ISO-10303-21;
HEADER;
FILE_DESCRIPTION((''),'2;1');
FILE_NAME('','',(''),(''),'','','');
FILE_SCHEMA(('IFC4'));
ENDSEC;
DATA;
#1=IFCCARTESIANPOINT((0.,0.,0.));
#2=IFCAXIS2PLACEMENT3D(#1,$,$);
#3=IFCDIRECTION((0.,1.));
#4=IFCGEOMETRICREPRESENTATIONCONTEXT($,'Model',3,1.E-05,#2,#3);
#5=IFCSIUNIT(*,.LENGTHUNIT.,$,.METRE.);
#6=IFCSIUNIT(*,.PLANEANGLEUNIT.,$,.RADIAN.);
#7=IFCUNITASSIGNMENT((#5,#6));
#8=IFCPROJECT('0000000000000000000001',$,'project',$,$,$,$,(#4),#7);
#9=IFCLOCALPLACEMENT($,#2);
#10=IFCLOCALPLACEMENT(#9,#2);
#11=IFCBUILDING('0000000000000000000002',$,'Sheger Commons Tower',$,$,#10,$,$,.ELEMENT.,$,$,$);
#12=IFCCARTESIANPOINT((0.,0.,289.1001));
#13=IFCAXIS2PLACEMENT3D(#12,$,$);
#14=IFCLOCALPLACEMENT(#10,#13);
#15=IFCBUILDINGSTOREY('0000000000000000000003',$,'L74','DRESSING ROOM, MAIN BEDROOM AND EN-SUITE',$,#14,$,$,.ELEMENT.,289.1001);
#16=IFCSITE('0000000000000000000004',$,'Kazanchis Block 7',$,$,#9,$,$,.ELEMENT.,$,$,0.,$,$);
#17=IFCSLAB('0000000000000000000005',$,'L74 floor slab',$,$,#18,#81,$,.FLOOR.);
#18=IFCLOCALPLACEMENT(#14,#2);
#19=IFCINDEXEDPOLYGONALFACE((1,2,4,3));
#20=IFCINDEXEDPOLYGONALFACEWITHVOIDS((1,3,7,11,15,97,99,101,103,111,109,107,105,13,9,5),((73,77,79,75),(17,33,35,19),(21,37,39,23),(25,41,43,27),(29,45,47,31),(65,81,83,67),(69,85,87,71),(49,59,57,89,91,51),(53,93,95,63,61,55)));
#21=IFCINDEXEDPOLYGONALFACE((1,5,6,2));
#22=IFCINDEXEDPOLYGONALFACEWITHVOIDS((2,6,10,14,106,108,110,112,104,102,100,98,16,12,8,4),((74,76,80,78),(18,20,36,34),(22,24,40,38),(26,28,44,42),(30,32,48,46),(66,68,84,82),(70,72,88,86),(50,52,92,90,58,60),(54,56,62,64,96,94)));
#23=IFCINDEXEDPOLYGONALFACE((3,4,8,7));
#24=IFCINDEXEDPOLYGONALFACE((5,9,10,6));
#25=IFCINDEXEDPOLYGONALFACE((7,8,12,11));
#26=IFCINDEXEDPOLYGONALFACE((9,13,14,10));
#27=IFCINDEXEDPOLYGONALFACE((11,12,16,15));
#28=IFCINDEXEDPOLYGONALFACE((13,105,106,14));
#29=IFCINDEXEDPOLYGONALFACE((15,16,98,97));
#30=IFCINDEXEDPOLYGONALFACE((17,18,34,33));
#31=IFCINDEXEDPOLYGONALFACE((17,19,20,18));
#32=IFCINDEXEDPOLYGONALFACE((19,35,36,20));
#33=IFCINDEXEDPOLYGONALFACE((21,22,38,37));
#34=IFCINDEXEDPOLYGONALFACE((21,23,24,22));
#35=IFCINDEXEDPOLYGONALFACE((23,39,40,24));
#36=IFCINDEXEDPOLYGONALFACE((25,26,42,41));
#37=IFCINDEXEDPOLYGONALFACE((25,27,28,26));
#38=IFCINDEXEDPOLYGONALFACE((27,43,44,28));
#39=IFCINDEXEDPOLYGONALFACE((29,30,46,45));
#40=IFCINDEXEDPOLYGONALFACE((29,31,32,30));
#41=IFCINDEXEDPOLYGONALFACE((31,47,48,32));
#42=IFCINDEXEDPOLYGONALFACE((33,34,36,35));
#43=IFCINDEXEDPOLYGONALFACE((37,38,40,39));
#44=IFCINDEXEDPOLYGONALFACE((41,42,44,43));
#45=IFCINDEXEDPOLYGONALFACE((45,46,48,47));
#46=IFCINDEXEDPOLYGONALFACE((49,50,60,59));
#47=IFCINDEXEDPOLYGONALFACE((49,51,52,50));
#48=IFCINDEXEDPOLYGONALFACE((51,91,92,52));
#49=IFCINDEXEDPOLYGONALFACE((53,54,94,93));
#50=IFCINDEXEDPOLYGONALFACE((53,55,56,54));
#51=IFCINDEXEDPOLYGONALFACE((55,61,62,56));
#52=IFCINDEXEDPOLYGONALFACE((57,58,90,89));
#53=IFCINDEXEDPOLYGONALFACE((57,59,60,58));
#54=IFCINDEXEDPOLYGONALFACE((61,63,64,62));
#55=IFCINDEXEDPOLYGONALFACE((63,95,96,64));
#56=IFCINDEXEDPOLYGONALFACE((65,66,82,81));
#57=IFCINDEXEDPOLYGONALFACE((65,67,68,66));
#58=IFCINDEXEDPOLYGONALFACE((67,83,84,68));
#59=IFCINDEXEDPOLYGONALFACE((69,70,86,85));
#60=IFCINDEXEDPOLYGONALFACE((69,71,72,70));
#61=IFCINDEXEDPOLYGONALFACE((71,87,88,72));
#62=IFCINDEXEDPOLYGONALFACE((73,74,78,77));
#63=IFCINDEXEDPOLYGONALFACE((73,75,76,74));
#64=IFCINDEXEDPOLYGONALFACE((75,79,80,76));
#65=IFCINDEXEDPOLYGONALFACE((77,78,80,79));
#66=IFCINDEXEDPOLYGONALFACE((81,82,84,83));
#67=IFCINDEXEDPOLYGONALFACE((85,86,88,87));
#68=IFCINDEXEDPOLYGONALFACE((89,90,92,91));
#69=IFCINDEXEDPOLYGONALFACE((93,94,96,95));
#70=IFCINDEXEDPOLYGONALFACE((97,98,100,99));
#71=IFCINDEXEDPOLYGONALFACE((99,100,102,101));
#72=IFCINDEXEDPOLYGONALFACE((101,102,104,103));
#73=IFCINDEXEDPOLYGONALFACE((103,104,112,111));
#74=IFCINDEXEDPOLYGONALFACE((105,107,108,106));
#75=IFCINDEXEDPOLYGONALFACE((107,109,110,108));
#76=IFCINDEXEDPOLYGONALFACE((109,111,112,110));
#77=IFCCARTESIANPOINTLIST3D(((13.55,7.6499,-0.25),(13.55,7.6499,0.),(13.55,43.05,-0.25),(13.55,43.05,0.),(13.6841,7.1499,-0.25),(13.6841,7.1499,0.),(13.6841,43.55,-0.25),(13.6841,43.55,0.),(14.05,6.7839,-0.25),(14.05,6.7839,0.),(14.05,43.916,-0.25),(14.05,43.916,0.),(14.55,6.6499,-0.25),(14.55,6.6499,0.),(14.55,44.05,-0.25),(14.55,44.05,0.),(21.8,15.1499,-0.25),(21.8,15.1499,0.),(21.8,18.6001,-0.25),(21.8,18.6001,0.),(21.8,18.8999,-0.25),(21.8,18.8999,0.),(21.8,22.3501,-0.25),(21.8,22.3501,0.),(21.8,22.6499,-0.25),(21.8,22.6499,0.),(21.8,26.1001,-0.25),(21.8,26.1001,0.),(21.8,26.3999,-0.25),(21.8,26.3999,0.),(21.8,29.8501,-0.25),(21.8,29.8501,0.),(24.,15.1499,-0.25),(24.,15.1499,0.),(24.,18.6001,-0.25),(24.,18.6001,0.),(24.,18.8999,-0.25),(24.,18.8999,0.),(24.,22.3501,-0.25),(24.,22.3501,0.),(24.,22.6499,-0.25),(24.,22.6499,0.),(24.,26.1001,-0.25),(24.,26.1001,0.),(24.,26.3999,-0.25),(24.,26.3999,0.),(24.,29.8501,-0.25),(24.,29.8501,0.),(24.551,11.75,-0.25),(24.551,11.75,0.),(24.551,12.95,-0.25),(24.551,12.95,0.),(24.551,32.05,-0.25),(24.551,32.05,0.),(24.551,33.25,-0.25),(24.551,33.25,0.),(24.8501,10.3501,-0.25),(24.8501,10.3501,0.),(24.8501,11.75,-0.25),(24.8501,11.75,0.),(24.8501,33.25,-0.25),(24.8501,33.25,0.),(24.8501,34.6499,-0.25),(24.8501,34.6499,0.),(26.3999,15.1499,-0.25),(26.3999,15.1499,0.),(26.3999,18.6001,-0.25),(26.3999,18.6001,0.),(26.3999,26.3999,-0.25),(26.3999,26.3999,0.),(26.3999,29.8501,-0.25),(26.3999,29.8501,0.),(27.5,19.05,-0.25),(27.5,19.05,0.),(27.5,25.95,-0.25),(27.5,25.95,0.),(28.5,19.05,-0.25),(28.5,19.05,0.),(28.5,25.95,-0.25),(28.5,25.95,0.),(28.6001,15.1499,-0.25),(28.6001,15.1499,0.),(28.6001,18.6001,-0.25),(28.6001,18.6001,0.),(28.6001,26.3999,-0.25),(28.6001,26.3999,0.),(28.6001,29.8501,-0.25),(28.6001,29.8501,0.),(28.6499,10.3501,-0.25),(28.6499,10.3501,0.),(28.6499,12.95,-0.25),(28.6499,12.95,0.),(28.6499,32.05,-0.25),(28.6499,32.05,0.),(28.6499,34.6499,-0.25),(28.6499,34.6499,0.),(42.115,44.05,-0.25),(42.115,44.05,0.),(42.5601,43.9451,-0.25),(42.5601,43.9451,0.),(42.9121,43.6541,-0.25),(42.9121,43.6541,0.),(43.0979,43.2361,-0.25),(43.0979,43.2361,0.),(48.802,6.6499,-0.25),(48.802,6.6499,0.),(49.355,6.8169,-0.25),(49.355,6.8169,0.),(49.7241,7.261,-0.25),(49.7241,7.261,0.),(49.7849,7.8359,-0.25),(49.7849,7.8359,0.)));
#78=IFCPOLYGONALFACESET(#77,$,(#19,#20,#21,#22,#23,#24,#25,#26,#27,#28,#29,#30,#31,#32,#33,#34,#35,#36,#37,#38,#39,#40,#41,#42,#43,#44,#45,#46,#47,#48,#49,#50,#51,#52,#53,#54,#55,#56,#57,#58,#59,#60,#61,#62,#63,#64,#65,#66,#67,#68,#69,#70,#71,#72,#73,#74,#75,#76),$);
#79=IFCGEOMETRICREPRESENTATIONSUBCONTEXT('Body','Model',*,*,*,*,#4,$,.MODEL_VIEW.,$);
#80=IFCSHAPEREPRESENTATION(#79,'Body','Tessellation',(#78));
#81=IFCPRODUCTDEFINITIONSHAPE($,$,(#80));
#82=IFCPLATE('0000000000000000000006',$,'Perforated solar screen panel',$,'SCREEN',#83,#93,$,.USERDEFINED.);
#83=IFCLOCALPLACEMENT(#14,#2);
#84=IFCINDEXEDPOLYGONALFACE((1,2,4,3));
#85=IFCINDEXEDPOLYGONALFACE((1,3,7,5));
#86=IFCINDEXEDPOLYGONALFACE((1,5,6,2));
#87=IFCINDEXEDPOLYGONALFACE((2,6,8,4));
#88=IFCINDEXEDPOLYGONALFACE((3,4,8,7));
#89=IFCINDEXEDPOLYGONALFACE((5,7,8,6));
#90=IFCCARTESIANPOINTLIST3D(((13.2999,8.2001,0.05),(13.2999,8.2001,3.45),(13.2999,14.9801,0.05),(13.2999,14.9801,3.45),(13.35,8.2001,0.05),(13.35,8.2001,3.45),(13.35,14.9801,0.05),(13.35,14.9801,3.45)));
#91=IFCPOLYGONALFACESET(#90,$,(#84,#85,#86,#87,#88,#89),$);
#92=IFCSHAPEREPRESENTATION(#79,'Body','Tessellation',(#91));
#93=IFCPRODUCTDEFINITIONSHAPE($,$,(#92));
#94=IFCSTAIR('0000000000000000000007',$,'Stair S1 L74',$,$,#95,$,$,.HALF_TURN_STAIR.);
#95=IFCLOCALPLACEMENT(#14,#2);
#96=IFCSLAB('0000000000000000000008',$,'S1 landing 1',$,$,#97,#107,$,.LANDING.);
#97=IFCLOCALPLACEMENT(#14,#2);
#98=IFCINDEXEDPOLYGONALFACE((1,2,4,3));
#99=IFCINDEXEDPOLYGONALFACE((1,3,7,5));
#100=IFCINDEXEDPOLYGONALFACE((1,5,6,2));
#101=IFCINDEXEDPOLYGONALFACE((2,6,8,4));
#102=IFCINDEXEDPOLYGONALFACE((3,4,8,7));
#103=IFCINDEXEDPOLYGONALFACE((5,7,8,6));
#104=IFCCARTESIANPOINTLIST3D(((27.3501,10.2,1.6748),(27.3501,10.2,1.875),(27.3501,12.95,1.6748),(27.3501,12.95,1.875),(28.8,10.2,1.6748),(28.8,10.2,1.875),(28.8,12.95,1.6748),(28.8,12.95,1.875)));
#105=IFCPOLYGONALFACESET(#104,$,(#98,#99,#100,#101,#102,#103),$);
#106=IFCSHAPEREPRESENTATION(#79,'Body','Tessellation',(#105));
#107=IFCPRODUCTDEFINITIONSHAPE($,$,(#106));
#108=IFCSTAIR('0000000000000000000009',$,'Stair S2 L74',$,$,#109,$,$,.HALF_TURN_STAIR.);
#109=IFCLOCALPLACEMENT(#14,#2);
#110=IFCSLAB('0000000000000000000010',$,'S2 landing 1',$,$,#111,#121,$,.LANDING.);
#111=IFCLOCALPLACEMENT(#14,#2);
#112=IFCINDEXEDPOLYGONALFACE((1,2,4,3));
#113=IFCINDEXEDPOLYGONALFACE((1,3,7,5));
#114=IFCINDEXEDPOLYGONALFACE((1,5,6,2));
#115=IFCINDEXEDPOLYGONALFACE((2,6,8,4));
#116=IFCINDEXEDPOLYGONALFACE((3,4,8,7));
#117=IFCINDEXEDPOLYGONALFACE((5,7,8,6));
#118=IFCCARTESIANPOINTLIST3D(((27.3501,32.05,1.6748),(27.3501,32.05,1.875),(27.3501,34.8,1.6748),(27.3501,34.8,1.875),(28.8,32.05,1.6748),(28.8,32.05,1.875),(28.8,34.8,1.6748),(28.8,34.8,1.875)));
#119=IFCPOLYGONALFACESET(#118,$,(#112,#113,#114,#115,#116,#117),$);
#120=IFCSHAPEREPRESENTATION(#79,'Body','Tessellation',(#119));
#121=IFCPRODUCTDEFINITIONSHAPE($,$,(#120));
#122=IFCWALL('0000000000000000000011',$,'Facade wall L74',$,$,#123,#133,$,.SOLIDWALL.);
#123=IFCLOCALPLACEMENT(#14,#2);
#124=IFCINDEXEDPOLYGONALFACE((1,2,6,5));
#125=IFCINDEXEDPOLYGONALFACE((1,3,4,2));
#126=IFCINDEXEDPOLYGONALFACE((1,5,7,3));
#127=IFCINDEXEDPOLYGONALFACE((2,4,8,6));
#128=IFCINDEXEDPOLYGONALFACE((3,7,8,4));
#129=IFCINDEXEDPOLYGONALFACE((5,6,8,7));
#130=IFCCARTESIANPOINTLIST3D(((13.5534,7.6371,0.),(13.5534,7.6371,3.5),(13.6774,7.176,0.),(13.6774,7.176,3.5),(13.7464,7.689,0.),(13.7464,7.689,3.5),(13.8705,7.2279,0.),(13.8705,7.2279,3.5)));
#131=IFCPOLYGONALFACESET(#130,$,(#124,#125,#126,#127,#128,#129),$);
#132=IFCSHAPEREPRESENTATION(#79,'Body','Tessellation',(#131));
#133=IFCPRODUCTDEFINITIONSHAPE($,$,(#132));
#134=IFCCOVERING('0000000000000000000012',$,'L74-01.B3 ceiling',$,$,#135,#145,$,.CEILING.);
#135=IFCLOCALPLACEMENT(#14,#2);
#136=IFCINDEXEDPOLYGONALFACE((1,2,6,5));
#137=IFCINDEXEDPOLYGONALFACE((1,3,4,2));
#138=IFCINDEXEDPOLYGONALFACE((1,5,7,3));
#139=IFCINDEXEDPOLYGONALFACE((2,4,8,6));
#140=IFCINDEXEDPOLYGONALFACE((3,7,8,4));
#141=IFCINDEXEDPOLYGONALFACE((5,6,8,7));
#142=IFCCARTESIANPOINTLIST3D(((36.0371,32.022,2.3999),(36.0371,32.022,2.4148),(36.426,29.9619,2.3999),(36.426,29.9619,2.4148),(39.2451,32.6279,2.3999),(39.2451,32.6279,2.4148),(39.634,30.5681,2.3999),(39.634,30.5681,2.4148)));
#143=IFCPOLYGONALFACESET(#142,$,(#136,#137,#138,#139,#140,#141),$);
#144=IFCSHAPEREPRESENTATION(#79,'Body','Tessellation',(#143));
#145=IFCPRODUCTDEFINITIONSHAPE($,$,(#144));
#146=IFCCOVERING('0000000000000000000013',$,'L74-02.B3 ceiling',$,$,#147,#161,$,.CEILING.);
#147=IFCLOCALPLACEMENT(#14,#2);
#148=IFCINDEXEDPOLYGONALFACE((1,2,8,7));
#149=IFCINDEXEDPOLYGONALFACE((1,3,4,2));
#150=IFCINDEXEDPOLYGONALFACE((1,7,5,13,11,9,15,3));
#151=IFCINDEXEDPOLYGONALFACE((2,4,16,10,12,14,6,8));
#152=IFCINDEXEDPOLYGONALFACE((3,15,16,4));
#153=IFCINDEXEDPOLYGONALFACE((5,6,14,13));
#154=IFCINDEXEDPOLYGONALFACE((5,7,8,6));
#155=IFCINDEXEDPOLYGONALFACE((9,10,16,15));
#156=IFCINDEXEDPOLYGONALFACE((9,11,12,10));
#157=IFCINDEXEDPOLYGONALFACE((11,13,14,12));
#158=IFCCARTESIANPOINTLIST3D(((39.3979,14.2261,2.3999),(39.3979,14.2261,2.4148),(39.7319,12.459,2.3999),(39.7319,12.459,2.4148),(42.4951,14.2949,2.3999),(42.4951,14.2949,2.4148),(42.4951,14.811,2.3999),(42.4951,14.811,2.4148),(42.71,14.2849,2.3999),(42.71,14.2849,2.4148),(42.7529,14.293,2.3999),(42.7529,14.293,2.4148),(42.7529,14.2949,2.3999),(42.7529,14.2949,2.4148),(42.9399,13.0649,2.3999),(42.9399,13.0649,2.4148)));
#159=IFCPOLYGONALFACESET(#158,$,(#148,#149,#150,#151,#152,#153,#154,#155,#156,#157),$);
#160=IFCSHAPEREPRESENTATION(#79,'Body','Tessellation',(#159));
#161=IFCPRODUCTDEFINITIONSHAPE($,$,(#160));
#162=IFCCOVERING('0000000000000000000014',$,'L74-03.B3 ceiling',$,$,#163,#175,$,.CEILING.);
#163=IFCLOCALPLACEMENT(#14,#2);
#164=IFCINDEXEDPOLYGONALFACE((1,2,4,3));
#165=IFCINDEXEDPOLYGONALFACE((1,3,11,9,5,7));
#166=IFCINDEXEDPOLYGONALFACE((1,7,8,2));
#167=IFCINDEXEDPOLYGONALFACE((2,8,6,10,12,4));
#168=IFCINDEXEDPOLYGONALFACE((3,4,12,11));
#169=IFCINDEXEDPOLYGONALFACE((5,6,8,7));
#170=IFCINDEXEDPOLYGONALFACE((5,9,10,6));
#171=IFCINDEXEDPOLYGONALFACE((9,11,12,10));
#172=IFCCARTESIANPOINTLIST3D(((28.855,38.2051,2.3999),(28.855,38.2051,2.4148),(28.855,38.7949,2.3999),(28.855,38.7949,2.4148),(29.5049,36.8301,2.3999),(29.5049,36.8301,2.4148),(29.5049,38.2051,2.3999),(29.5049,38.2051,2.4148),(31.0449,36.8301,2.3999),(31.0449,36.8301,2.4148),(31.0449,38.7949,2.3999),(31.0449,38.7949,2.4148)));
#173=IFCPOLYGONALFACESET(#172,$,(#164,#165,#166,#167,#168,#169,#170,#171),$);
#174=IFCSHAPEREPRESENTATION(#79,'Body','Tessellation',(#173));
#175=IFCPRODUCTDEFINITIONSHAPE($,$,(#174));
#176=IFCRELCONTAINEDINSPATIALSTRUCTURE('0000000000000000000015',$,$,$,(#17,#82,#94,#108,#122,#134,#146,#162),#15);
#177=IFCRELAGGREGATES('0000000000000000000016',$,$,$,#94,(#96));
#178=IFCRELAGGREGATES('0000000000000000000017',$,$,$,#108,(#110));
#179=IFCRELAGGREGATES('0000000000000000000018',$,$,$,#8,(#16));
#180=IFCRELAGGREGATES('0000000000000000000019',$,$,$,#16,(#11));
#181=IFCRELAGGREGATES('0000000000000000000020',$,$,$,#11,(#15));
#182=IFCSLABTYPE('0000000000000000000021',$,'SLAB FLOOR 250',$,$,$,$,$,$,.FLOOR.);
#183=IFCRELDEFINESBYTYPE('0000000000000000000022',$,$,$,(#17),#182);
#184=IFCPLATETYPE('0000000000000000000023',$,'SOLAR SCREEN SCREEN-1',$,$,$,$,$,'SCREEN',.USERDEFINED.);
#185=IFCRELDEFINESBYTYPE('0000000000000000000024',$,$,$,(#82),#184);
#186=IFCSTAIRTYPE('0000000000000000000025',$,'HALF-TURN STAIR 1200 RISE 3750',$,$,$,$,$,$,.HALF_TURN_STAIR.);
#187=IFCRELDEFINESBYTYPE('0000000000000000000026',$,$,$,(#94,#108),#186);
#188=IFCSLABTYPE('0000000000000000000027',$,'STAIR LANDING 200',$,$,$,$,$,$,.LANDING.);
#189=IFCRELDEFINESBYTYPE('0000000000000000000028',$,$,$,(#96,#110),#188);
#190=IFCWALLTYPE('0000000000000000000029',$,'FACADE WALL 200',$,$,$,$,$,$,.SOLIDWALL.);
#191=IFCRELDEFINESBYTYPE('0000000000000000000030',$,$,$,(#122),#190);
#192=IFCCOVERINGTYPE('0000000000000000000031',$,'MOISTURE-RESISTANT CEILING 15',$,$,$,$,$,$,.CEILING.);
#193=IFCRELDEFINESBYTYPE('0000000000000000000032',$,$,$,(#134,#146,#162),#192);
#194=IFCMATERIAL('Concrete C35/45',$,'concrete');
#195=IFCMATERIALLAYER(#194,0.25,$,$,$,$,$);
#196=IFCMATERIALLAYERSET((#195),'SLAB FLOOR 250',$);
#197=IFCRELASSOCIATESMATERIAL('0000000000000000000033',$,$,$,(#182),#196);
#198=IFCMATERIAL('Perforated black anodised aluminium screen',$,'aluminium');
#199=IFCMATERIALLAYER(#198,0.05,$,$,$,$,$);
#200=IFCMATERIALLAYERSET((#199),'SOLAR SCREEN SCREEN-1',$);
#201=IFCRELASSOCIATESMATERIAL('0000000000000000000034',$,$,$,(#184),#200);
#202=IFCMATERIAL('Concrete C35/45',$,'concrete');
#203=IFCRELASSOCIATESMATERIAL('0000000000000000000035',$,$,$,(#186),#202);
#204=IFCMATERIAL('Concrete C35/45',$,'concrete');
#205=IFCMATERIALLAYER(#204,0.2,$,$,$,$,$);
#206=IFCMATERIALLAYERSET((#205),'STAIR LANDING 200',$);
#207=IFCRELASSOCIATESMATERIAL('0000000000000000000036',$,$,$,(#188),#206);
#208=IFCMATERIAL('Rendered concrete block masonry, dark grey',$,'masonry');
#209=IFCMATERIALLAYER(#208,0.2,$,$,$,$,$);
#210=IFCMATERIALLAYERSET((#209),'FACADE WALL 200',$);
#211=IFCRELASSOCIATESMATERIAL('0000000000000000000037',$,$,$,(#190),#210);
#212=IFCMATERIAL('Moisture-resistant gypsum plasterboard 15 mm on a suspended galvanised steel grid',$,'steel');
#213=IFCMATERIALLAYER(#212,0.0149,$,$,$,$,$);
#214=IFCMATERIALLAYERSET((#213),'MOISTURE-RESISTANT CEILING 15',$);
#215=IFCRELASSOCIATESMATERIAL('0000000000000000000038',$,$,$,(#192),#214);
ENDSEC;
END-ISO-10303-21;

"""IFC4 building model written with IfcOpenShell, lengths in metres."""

from ifc_helpers import new_model, si_unit, direction, frame, frame_2d, origin, origin_2d, place, context, subcontext, project, spatial, polyline, rectangle, outline, extrude, material, layer, layer_set, type_object, element, aggregate, save


model = new_model("IFC4")

# Units and contexts
model_context = context("Model", 3, precision=1e-05, world=origin(), true_north=direction((0.0, 1.0)))
body_context = subcontext(model_context, "Body", "Model", "MODEL_VIEW")
ifc_project = project(units=[si_unit("LENGTHUNIT", "METRE"), si_unit("PLANEANGLEUNIT", "RADIAN")], contexts=[model_context])

# Site, building, storey
site_placement = place(None, origin())
site = spatial("IfcSite", under=ifc_project, at=site_placement, Name="Kazanchis Block 7", CompositionType="ELEMENT", RefElevation=0.0)
building_placement = place(site_placement, origin())
building = spatial("IfcBuilding", under=site, at=building_placement, Name="Sheger Commons Tower", CompositionType="ELEMENT")
storey_placement = place(building_placement, frame((0.0, 0.0, 289.1001)))
storey = spatial("IfcBuildingStorey", under=building, at=storey_placement, Name="L74", Description="DRESSING ROOM, MAIN BEDROOM AND EN-SUITE", CompositionType="ELEMENT", Elevation=289.1001)

# Slab
ifc_material_1 = material(Name="Concrete C35/45", Category="concrete")
ifc_layer_1 = layer(ifc_material_1, 0.25)
ifc_layer_set_1 = layer_set([ifc_layer_1], Name="SLAB FLOOR 250")
slab_type_1 = type_object("IfcSlabType", Name="SLAB FLOOR 250", PredefinedType="FLOOR", material=ifc_layer_set_1)
slab_1_placement = place(storey_placement, frame((0.0, 0.0, -0.25)))
element("IfcSlab", 1, at=slab_1_placement, inside=storey, type_object=slab_type_1, Name="L74 floor slab", PredefinedType="FLOOR", context=body_context, shape_type="SweptSolid", body=[
    extrude(outline(polyline([(13.55, 7.6499), (13.6841, 7.1499), (14.05, 6.7839), (14.55, 6.6499), (48.802, 6.6499), (49.355, 6.8169), (49.7241, 7.261), (49.7849, 7.8359), (43.0979, 43.2361), (42.9121, 43.6541), (42.5601, 43.9451), (42.115, 44.05), (14.55, 44.05), (14.05, 43.916), (13.6841, 43.55), (13.55, 43.05), (13.55, 7.6499)]), holes=[polyline([(24.8501, 10.3501), (28.6499, 10.3501), (28.6499, 12.95), (24.551, 12.95), (24.551, 11.75), (24.8501, 11.75), (24.8501, 10.3501)]), polyline([(24.551, 32.05), (28.6499, 32.05), (28.6499, 34.6499), (24.8501, 34.6499), (24.8501, 33.25), (24.551, 33.25), (24.551, 32.05)]), polyline([(26.3999, 15.1499), (28.6001, 15.1499), (28.6001, 18.6001), (26.3999, 18.6001), (26.3999, 15.1499)]), polyline([(26.3999, 26.3999), (28.6001, 26.3999), (28.6001, 29.8501), (26.3999, 29.8501), (26.3999, 26.3999)]), polyline([(21.8, 15.1499), (24.0, 15.1499), (24.0, 18.6001), (21.8, 18.6001), (21.8, 15.1499)]), polyline([(21.8, 18.8999), (24.0, 18.8999), (24.0, 22.3501), (21.8, 22.3501), (21.8, 18.8999)]), polyline([(21.8, 22.6499), (24.0, 22.6499), (24.0, 26.1001), (21.8, 26.1001), (21.8, 22.6499)]), polyline([(21.8, 26.3999), (24.0, 26.3999), (24.0, 29.8501), (21.8, 29.8501), (21.8, 26.3999)]), polyline([(27.5, 19.05), (28.5, 19.05), (28.5, 25.95), (27.5, 25.95), (27.5, 19.05)])]), origin(), (0.0, 0.0, 1.0), 0.25),
])

# Plate
ifc_material_2 = material(Name="Perforated black anodised aluminium screen", Category="aluminium")
ifc_layer_2 = layer(ifc_material_2, 0.05)
ifc_layer_set_2 = layer_set([ifc_layer_2], Name="SOLAR SCREEN SCREEN-1")
plate_type = type_object("IfcPlateType", Name="SOLAR SCREEN SCREEN-1", ElementType="SCREEN", PredefinedType="USERDEFINED", material=ifc_layer_set_2)
plate_placement = place(storey_placement, frame((13.325, 11.5901, 0.05), z_axis=(0.0, 0.0, 1.0), x_axis=(0.0, -1.0, 0.0)))
element("IfcPlate", 2, at=plate_placement, inside=storey, type_object=plate_type, Name="Perforated solar screen panel", ObjectType="SCREEN", PredefinedType="USERDEFINED", context=body_context, shape_type="SweptSolid", body=[
    extrude(rectangle(XDim=6.78, YDim=0.05, at=origin_2d()), origin(), (0.0, 0.0, 1.0), 3.3999),
])

# Stairs, slabs
ifc_material_3 = material(Name="Concrete C35/45", Category="concrete")
stair_type = type_object("IfcStairType", Name="HALF-TURN STAIR 1200 RISE 3750", PredefinedType="HALF_TURN_STAIR", material=ifc_material_3)
stair_1_placement = place(storey_placement, origin())
stair_1 = element("IfcStair", 3, at=stair_1_placement, inside=storey, type_object=stair_type, Name="Stair S1 L74", PredefinedType="HALF_TURN_STAIR")
ifc_material_4 = material(Name="Concrete C35/45", Category="concrete")
ifc_layer_3 = layer(ifc_material_4, 0.2)
ifc_layer_set_3 = layer_set([ifc_layer_3], Name="STAIR LANDING 200")
slab_type_2 = type_object("IfcSlabType", Name="STAIR LANDING 200", PredefinedType="LANDING", material=ifc_layer_set_3)
slab_2_placement = place(storey_placement, frame((0.0, 0.0, 1.6748)))
slab_2 = element("IfcSlab", 4, at=slab_2_placement, type_object=slab_type_2, Name="S1 landing 1", PredefinedType="LANDING", context=body_context, shape_type="SweptSolid", body=[
    extrude(outline(polyline([(27.3501, 10.2), (28.8, 10.2), (28.8, 12.95), (27.3501, 12.95), (27.3501, 10.2)])), origin(), (0.0, 0.0, 1.0), 0.2002),
])
aggregate(stair_1, [slab_2])
stair_2_placement = place(storey_placement, origin())
stair_2 = element("IfcStair", 5, at=stair_2_placement, inside=storey, type_object=stair_type, Name="Stair S2 L74", PredefinedType="HALF_TURN_STAIR")
slab_3_placement = place(storey_placement, frame((0.0, 0.0, 1.6748)))
slab_3 = element("IfcSlab", 6, at=slab_3_placement, type_object=slab_type_2, Name="S2 landing 1", PredefinedType="LANDING", context=body_context, shape_type="SweptSolid", body=[
    extrude(outline(polyline([(27.3501, 32.05), (28.8, 32.05), (28.8, 34.8), (27.3501, 34.8), (27.3501, 32.05)])), origin(), (0.0, 0.0, 1.0), 0.2002),
])
aggregate(stair_2, [slab_3])

# Wall
ifc_material_5 = material(Name="Rendered concrete block masonry, dark grey", Category="masonry")
ifc_layer_4 = layer(ifc_material_5, 0.2)
ifc_layer_set_4 = layer_set([ifc_layer_4], Name="FACADE WALL 200")
wall_type = type_object("IfcWallType", Name="FACADE WALL 200", PredefinedType="SOLIDWALL", material=ifc_layer_set_4)
wall_placement = place(storey_placement, frame((13.6499, 7.6631, 0.0), z_axis=(0.0, 0.0, 1.0), x_axis=(0.259698, -0.96569, 0.0)))
element("IfcWall", 7, at=wall_placement, inside=storey, type_object=wall_type, Name="Facade wall L74", PredefinedType="SOLIDWALL", context=body_context, shape_type="SweptSolid", body=[
    extrude(rectangle(XDim=0.4775, YDim=0.2, at=frame_2d((0.2388, 0.0))), origin(), (0.0, 0.0, 1.0), 3.5),
])

# Coverings
ifc_material_6 = material(Name="Moisture-resistant gypsum plasterboard 15 mm on a suspended galvanised steel grid", Category="steel")
ifc_layer_5 = layer(ifc_material_6, 0.0149)
ifc_layer_set_5 = layer_set([ifc_layer_5], Name="MOISTURE-RESISTANT CEILING 15")
covering_type_1 = type_object("IfcCoveringType", Name="MOISTURE-RESISTANT CEILING 15", PredefinedType="CEILING", material=ifc_layer_set_5)
covering_1_placement = place(storey_placement, frame((0.0, 0.0, 2.3999)))
element("IfcCovering", 8, at=covering_1_placement, inside=storey, type_object=covering_type_1, Name="L74-01.B3 ceiling", PredefinedType="CEILING", context=body_context, shape_type="SweptSolid", body=[
    extrude(outline(polyline([(36.426, 29.9619), (39.634, 30.5681), (39.2451, 32.6279), (36.0371, 32.022), (36.426, 29.9619)])), origin(), (0.0, 0.0, 1.0), 0.0149),
])
covering_2_placement = place(storey_placement, frame((0.0, 0.0, 2.3999)))
element("IfcCovering", 9, at=covering_2_placement, inside=storey, type_object=covering_type_1, Name="L74-02.B3 ceiling", PredefinedType="CEILING", context=body_context, shape_type="SweptSolid", body=[
    extrude(outline(polyline([(39.7319, 12.459), (42.9399, 13.0649), (42.71, 14.2849), (42.7529, 14.293), (42.7529, 14.2949), (42.4951, 14.2949), (42.4951, 14.811), (39.3979, 14.2261), (39.7319, 12.459)])), origin(), (0.0, 0.0, 1.0), 0.0149),
])
covering_3_placement = place(storey_placement, frame((0.0, 0.0, 2.3999)))
element("IfcCovering", 10, at=covering_3_placement, inside=storey, type_object=covering_type_1, Name="L74-03.B3 ceiling", PredefinedType="CEILING", context=body_context, shape_type="SweptSolid", body=[
    extrude(outline(polyline([(29.5049, 36.8301), (31.0449, 36.8301), (31.0449, 38.7949), (28.855, 38.7949), (28.855, 38.2051), (29.5049, 38.2051), (29.5049, 36.8301)])), origin(), (0.0, 0.0, 1.0), 0.0149),
])

save(model, "model.ifc")
